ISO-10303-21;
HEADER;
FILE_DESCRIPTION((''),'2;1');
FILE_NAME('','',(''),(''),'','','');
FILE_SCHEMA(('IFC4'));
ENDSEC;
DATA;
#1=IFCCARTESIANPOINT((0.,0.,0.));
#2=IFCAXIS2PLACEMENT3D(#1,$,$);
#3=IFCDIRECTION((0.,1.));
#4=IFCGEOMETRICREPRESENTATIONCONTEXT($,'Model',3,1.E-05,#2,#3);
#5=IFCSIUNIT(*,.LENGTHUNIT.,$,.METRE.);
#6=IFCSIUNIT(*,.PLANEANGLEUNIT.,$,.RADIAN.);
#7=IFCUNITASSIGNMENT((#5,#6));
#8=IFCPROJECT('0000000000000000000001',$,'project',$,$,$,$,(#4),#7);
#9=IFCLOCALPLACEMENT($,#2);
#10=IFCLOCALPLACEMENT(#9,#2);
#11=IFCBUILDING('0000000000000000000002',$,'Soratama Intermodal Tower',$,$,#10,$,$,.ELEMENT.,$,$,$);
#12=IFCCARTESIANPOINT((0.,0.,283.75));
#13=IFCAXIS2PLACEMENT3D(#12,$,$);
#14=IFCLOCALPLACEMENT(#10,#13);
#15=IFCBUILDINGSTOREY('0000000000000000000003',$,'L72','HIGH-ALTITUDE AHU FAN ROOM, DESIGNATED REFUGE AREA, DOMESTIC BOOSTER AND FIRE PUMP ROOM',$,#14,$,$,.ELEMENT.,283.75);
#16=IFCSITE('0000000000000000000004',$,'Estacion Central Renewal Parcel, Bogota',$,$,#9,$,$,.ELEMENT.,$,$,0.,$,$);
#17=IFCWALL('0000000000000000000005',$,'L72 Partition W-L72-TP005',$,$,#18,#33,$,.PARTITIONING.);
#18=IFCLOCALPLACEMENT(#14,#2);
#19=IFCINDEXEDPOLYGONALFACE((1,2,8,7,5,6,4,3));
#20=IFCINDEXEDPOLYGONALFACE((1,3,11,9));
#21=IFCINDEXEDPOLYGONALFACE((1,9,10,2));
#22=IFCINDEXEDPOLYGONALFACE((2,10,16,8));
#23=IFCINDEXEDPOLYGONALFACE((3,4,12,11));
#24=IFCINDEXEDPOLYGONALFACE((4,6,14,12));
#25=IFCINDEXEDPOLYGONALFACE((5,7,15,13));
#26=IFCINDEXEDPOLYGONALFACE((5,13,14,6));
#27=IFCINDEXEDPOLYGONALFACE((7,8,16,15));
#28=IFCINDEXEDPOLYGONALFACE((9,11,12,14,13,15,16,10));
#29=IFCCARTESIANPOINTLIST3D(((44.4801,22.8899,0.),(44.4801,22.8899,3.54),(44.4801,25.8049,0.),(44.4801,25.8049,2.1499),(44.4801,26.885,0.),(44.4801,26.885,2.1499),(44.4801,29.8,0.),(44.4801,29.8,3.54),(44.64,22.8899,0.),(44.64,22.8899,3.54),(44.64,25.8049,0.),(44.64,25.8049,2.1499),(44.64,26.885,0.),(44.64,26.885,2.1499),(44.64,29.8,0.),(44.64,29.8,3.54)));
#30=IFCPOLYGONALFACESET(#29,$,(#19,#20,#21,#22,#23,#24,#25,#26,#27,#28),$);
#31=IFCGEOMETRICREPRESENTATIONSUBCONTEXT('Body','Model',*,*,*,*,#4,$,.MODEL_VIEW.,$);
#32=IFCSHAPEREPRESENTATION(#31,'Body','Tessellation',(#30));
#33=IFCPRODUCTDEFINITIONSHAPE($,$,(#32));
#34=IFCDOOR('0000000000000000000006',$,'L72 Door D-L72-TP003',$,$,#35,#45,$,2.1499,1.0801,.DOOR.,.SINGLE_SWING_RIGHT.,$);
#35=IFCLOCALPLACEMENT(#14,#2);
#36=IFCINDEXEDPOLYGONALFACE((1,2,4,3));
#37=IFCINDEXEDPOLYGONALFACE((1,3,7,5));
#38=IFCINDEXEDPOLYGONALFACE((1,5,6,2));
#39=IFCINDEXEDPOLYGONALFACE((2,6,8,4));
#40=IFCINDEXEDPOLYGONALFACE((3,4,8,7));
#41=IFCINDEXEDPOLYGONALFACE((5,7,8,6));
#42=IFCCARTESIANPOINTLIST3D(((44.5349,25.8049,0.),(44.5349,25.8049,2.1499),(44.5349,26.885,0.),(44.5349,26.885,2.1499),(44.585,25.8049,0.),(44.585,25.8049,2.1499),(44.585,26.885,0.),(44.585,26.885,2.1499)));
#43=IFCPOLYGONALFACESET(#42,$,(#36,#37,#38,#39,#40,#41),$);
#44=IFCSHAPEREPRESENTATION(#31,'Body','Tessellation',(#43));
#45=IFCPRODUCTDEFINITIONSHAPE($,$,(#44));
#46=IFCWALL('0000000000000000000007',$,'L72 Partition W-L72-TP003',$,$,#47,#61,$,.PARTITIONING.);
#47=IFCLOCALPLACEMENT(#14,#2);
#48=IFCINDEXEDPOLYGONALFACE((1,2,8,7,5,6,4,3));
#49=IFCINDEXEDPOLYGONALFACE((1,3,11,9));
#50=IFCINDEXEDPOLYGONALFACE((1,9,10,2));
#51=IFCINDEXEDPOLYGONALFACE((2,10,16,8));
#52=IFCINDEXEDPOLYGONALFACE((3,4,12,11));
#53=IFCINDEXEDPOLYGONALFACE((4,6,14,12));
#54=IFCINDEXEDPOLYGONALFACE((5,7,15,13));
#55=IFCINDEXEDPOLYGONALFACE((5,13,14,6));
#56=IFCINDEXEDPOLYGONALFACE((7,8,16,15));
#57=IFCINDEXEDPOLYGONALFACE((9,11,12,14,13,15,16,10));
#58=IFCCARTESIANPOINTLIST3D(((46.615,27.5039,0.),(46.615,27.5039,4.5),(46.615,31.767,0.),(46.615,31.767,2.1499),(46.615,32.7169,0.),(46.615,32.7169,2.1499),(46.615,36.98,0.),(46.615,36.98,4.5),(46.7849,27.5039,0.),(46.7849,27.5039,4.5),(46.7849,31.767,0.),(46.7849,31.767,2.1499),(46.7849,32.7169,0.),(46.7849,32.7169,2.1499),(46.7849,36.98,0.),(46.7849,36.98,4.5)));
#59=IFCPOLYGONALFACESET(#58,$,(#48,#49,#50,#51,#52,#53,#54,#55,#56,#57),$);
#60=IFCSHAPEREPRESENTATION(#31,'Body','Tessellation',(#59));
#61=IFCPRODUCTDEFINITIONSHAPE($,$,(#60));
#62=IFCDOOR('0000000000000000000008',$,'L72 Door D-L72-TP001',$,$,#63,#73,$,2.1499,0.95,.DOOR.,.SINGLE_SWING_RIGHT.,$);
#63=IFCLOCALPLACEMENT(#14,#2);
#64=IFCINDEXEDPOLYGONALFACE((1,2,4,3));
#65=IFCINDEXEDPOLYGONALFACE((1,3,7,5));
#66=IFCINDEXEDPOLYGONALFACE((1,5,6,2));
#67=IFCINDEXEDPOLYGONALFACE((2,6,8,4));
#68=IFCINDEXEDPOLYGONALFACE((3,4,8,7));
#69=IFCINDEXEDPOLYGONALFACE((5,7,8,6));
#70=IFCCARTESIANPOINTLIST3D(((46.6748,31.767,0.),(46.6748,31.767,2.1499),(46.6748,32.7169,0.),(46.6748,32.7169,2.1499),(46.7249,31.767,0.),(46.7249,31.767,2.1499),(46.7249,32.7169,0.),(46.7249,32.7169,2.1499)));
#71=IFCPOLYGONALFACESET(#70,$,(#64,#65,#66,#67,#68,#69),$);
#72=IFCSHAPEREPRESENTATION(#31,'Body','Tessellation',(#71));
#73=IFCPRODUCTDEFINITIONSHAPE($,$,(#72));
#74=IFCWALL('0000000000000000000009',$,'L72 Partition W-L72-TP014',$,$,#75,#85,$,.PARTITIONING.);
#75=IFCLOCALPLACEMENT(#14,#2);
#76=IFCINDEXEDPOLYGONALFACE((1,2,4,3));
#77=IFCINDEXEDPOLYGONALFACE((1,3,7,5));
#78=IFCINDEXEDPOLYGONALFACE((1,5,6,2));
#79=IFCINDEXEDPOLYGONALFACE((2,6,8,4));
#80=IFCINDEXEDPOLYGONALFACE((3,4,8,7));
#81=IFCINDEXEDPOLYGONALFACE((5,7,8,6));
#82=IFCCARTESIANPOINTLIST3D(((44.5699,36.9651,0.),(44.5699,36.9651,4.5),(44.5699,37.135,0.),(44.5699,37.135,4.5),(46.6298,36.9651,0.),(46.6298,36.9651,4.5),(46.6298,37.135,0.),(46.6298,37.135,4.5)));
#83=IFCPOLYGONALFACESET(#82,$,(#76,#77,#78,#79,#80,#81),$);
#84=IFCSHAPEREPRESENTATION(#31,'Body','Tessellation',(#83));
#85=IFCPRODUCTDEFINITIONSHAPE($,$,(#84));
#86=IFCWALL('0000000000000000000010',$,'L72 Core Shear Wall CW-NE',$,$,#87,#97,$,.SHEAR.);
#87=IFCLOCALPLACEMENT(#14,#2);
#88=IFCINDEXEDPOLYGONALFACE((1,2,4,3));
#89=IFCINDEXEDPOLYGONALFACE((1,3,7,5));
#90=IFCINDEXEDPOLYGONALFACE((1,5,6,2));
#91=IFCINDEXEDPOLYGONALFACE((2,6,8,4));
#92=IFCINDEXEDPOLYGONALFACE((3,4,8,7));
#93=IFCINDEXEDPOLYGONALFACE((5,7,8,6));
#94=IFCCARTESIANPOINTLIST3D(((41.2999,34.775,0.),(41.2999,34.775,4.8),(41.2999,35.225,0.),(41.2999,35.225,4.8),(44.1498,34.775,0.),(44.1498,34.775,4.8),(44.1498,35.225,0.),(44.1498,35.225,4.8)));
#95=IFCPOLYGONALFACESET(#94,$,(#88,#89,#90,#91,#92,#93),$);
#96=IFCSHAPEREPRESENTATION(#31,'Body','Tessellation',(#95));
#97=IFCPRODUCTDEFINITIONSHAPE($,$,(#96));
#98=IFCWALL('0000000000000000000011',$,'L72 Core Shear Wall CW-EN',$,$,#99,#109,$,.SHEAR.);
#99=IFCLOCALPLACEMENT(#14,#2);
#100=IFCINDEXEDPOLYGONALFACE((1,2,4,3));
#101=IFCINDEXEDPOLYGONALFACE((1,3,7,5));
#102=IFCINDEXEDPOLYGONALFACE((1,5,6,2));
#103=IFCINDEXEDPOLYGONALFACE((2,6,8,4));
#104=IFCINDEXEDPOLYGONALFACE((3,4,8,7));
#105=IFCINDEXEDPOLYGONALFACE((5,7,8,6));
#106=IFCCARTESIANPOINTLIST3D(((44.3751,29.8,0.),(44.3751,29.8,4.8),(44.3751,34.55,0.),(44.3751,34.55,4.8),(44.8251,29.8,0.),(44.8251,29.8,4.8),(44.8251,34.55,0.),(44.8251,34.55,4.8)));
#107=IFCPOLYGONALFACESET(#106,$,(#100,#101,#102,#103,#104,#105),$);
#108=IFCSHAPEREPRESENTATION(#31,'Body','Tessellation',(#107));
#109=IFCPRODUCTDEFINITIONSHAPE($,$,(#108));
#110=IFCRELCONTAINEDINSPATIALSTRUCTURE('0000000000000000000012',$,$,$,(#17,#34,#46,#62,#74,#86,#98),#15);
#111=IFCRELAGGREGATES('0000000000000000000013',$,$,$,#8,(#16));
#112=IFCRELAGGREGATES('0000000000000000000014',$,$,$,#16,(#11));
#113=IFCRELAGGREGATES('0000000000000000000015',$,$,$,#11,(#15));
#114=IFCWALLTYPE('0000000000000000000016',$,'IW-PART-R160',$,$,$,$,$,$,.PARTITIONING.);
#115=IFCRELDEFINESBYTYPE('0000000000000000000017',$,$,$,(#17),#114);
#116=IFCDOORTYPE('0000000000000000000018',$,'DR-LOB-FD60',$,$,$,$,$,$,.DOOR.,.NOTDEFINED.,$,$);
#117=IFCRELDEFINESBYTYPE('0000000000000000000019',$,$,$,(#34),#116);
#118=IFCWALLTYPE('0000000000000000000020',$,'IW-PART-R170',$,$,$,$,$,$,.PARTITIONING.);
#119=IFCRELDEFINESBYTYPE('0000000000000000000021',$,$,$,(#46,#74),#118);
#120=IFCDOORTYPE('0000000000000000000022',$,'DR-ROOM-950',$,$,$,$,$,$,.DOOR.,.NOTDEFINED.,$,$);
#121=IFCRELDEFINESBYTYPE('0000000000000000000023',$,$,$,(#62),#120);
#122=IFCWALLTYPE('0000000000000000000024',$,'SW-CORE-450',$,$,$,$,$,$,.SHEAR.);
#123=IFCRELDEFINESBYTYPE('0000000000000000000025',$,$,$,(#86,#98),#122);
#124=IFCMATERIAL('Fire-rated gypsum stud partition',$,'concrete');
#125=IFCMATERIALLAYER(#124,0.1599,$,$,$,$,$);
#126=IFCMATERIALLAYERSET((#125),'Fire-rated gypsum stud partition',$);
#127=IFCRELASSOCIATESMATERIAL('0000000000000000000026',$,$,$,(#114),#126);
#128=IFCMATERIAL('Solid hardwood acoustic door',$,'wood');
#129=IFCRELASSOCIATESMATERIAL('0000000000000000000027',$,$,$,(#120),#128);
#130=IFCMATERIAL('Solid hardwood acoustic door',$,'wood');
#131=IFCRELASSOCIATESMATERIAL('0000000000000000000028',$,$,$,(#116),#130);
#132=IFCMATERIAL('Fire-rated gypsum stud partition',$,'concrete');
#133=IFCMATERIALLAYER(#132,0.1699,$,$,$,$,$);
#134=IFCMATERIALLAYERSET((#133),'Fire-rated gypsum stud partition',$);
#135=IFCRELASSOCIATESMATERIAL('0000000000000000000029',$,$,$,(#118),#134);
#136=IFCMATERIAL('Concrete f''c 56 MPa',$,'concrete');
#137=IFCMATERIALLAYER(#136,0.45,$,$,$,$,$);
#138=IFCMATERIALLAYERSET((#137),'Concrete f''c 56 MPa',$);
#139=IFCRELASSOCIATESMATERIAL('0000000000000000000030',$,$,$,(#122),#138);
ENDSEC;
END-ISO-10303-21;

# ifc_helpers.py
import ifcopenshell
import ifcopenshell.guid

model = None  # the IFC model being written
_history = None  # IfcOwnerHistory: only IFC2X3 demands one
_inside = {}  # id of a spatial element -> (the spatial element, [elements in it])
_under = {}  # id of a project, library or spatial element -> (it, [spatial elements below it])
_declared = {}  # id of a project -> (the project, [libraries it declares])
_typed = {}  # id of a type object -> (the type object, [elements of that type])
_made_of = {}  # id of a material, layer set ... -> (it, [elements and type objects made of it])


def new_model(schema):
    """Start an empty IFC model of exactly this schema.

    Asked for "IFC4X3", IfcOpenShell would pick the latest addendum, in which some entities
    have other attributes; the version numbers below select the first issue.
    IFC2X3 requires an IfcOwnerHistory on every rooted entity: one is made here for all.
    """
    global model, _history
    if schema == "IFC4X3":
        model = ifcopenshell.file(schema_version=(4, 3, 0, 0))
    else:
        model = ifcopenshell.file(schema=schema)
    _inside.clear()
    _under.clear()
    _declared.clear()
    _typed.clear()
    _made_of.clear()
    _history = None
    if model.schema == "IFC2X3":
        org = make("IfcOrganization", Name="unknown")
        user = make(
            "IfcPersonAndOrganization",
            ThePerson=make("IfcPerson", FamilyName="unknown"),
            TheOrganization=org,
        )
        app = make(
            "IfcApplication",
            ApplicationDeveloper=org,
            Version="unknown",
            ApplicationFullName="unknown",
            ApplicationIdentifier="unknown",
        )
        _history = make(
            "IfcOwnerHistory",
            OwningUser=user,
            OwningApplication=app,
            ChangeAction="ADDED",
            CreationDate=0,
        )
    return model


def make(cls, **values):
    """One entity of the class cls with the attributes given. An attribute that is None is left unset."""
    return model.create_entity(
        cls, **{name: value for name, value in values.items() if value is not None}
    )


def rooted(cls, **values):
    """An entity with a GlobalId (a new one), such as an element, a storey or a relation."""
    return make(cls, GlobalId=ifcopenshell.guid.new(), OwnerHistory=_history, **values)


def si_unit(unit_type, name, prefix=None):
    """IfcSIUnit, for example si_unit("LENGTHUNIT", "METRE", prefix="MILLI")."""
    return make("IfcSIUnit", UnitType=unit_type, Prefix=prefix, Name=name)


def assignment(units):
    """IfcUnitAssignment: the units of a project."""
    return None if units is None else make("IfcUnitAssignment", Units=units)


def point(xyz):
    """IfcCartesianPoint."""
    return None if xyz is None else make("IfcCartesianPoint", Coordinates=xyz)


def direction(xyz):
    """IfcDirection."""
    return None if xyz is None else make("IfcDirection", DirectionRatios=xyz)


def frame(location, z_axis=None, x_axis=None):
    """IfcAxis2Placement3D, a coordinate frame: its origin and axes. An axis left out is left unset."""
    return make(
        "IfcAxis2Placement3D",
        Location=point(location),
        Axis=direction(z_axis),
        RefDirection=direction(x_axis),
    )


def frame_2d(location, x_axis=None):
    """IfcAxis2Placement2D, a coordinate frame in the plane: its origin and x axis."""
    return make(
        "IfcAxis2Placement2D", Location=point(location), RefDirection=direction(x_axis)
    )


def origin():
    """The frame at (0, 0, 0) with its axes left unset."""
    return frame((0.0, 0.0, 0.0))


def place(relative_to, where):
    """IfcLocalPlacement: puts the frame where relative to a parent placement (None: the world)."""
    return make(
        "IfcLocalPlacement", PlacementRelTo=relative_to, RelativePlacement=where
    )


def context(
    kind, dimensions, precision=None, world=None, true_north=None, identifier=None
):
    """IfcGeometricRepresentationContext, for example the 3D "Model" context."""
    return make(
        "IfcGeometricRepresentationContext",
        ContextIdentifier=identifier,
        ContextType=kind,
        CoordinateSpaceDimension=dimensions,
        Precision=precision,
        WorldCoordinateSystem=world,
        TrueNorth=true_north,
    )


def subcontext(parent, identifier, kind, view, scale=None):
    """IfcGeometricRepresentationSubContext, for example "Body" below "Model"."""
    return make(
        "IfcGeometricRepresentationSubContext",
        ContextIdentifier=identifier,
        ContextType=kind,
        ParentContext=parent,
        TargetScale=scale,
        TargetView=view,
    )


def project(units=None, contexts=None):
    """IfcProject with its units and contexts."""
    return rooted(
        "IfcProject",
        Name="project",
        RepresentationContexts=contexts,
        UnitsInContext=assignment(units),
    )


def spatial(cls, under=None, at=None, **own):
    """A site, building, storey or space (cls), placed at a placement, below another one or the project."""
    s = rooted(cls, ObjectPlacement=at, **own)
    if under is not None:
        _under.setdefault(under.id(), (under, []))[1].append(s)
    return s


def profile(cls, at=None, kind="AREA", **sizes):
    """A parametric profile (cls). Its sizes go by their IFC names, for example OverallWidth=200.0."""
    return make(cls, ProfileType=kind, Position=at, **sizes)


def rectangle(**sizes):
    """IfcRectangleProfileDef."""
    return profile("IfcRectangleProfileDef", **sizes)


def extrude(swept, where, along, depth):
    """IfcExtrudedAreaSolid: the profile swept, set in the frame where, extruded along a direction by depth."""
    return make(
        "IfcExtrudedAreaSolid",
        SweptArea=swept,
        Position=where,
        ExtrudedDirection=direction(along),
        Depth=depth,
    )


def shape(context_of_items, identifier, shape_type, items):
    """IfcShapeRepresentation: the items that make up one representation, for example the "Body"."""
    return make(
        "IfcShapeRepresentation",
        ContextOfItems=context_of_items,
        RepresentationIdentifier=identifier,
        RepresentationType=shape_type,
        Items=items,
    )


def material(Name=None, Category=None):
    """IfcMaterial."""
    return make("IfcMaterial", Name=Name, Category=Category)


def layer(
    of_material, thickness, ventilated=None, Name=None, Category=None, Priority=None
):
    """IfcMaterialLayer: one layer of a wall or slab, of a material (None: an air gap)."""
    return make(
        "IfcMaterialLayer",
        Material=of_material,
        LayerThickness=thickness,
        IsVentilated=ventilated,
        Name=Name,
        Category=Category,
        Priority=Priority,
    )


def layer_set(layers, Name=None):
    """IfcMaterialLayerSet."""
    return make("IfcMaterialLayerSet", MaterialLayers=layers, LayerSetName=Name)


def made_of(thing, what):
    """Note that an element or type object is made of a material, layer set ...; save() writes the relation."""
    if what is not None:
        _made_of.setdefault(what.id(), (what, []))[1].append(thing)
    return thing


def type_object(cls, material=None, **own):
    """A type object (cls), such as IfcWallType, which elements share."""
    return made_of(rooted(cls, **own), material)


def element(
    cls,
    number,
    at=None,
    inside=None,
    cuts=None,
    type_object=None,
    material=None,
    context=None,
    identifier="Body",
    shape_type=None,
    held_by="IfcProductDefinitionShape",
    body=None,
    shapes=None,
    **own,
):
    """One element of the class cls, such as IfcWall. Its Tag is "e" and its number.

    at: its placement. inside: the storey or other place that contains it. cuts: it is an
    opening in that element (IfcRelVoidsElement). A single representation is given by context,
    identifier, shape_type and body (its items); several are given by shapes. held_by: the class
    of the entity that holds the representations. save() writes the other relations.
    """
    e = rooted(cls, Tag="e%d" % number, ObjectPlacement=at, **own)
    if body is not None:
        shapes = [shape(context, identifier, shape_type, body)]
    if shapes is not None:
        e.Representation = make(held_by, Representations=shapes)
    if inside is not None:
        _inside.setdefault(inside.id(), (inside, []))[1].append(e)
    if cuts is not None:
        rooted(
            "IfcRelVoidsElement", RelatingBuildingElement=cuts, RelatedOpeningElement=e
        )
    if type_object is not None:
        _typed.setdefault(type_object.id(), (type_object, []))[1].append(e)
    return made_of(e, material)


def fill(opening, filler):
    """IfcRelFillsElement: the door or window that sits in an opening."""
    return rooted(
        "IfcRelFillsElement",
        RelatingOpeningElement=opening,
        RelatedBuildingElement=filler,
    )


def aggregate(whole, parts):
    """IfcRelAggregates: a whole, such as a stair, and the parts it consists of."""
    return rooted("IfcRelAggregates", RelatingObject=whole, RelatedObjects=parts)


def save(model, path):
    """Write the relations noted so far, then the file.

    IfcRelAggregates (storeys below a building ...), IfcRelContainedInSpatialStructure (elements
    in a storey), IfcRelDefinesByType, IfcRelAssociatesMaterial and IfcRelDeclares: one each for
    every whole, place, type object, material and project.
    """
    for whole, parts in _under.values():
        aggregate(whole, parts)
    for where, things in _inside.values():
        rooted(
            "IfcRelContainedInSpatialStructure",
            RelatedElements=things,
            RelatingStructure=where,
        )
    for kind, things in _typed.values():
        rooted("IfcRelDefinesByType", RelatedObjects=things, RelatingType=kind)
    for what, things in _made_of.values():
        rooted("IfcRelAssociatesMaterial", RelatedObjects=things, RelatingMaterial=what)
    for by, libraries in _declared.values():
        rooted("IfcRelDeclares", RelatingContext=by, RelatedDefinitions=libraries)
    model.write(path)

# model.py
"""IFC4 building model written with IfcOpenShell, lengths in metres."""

from ifc_helpers import new_model, si_unit, direction, frame, frame_2d, origin, place, context, subcontext, project, spatial, rectangle, extrude, material, layer, layer_set, type_object, element, fill, save


model = new_model("IFC4")

# Units and contexts
model_context = context("Model", 3, precision=1e-05, world=origin(), true_north=direction((0.0, 1.0)))
body_context = subcontext(model_context, "Body", "Model", "MODEL_VIEW")
ifc_project = project(units=[si_unit("LENGTHUNIT", "METRE"), si_unit("PLANEANGLEUNIT", "RADIAN")], contexts=[model_context])

# Site, building, storey
site_placement = place(None, origin())
site = spatial("IfcSite", under=ifc_project, at=site_placement, Name="Estacion Central Renewal Parcel, Bogota", CompositionType="ELEMENT", RefElevation=0.0)
building_placement = place(site_placement, origin())
building = spatial("IfcBuilding", under=site, at=building_placement, Name="Soratama Intermodal Tower", CompositionType="ELEMENT")
storey_placement = place(building_placement, frame((0.0, 0.0, 283.75)))
storey = spatial("IfcBuildingStorey", under=building, at=storey_placement, Name="L72", Description="HIGH-ALTITUDE AHU FAN ROOM, DESIGNATED REFUGE AREA, DOMESTIC BOOSTER AND FIRE PUMP ROOM", CompositionType="ELEMENT", Elevation=283.75)

# Walls, openings, doors
ifc_material_1 = material(Name="Fire-rated gypsum stud partition", Category="concrete")
ifc_layer_1 = layer(ifc_material_1, 0.1599)
ifc_layer_set_1 = layer_set([ifc_layer_1], Name="Fire-rated gypsum stud partition")
wall_type_1 = type_object("IfcWallType", Name="IW-PART-R160", PredefinedType="PARTITIONING", material=ifc_layer_set_1)
ifc_material_2 = material(Name="Solid hardwood acoustic door", Category="wood")
door_type_1 = type_object("IfcDoorType", Name="DR-ROOM-950", OperationType="NOTDEFINED", PredefinedType="DOOR", material=ifc_material_2)
wall_1_placement = place(storey_placement, frame((44.5601, 29.8, 0.0), z_axis=(0.0, 0.0, 1.0), x_axis=(0.0, -1.0, 0.0)))
wall_1 = element("IfcWall", 1, at=wall_1_placement, inside=storey, type_object=wall_type_1, Name="L72 Partition W-L72-TP005", PredefinedType="PARTITIONING", context=body_context, shape_type="SweptSolid", body=[
    extrude(rectangle(XDim=6.9102, YDim=0.1599, at=frame_2d((3.4551, 0.0))), origin(), (0.0, 0.0, 1.0), 3.54),
])
opening_1_placement = place(wall_1_placement, frame((2.915, 0.0, 0.0)))
opening_1 = element("IfcOpeningElement", 2, at=opening_1_placement, cuts=wall_1, PredefinedType="OPENING", context=body_context, shape_type="SweptSolid", body=[
    extrude(rectangle(XDim=1.0801, YDim=2.1499, at=frame_2d((0.54, 1.075))), frame((0.0, 0.0898, 0.0), z_axis=(0.0, -1.0, 0.0), x_axis=(1.0, 0.0, 0.0)), (0.0, 0.0, 1.0), 0.1799),
])
ifc_material_3 = material(Name="Solid hardwood acoustic door", Category="wood")
door_type_2 = type_object("IfcDoorType", Name="DR-LOB-FD60", OperationType="NOTDEFINED", PredefinedType="DOOR", material=ifc_material_3)
door_1_placement = place(opening_1_placement, origin())
door_1 = element("IfcDoor", 3, at=door_1_placement, inside=storey, type_object=door_type_2, Name="L72 Door D-L72-TP003", OperationType="SINGLE_SWING_RIGHT", OverallHeight=2.1499, OverallWidth=1.0801, PredefinedType="DOOR", context=body_context, shape_type="SweptSolid", body=[
    extrude(rectangle(XDim=1.0801, YDim=2.1499, at=frame_2d((0.54, 1.075))), frame((0.0, 0.0249, 0.0), z_axis=(0.0, -1.0, 0.0), x_axis=(1.0, 0.0, 0.0)), (0.0, 0.0, 1.0), 0.05),
])
fill(opening_1, door_1)
ifc_material_4 = material(Name="Fire-rated gypsum stud partition", Category="concrete")
ifc_layer_2 = layer(ifc_material_4, 0.1699)
ifc_layer_set_2 = layer_set([ifc_layer_2], Name="Fire-rated gypsum stud partition")
wall_type_2 = type_object("IfcWallType", Name="IW-PART-R170", PredefinedType="PARTITIONING", material=ifc_layer_set_2)
wall_2_placement = place(storey_placement, frame((46.7, 36.98, 0.0), z_axis=(0.0, 0.0, 1.0), x_axis=(0.0, -1.0, 0.0)))
wall_2 = element("IfcWall", 4, at=wall_2_placement, inside=storey, type_object=wall_type_2, Name="L72 Partition W-L72-TP003", PredefinedType="PARTITIONING", context=body_context, shape_type="SweptSolid", body=[
    extrude(rectangle(XDim=9.4761, YDim=0.1699, at=frame_2d((4.738, 0.0))), origin(), (0.0, 0.0, 1.0), 4.5),
])
opening_2_placement = place(wall_2_placement, frame((4.2629, 0.0, 0.0)))
opening_2 = element("IfcOpeningElement", 5, at=opening_2_placement, cuts=wall_2, PredefinedType="OPENING", context=body_context, shape_type="SweptSolid", body=[
    extrude(rectangle(XDim=0.95, YDim=2.1499, at=frame_2d((0.4751, 1.075))), frame((0.0, 0.095, 0.0), z_axis=(0.0, -1.0, 0.0), x_axis=(1.0, 0.0, 0.0)), (0.0, 0.0, 1.0), 0.1899),
])
door_2_placement = place(opening_2_placement, origin())
door_2 = element("IfcDoor", 6, at=door_2_placement, inside=storey, type_object=door_type_1, Name="L72 Door D-L72-TP001", OperationType="SINGLE_SWING_RIGHT", OverallHeight=2.1499, OverallWidth=0.95, PredefinedType="DOOR", context=body_context, shape_type="SweptSolid", body=[
    extrude(rectangle(XDim=0.95, YDim=2.1499, at=frame_2d((0.4751, 1.075))), frame((0.0, 0.0249, 0.0), z_axis=(0.0, -1.0, 0.0), x_axis=(1.0, 0.0, 0.0)), (0.0, 0.0, 1.0), 0.05),
])
fill(opening_2, door_2)

# Walls
wall_3_placement = place(storey_placement, frame((44.5701, 37.05, 0.0), z_axis=(0.0, 0.0, 1.0), x_axis=(1.0, 0.0, 0.0)))
element("IfcWall", 7, at=wall_3_placement, inside=storey, type_object=wall_type_2, Name="L72 Partition W-L72-TP014", PredefinedType="PARTITIONING", context=body_context, shape_type="SweptSolid", body=[
    extrude(rectangle(XDim=2.0598, YDim=0.1699, at=frame_2d((1.0298, 0.0))), origin(), (0.0, 0.0, 1.0), 4.5),
])
ifc_material_5 = material(Name="Concrete f'c 56 MPa", Category="concrete")
ifc_layer_3 = layer(ifc_material_5, 0.45)
ifc_layer_set_3 = layer_set([ifc_layer_3], Name="Concrete f'c 56 MPa")
wall_type_3 = type_object("IfcWallType", Name="SW-CORE-450", PredefinedType="SHEAR", material=ifc_layer_set_3)
wall_4_placement = place(storey_placement, frame((41.3, 35.0, 0.0), z_axis=(0.0, 0.0, 1.0), x_axis=(1.0, 0.0, 0.0)))
element("IfcWall", 8, at=wall_4_placement, inside=storey, type_object=wall_type_3, Name="L72 Core Shear Wall CW-NE", PredefinedType="SHEAR", context=body_context, shape_type="SweptSolid", body=[
    extrude(rectangle(XDim=2.8499, YDim=0.45, at=frame_2d((1.4248, 0.0))), origin(), (0.0, 0.0, 1.0), 4.8),
])
wall_5_placement = place(storey_placement, frame((44.6001, 29.8, 0.0), z_axis=(0.0, 0.0, 1.0), x_axis=(0.0, 1.0, 0.0)))
element("IfcWall", 9, at=wall_5_placement, inside=storey, type_object=wall_type_3, Name="L72 Core Shear Wall CW-EN", PredefinedType="SHEAR", context=body_context, shape_type="SweptSolid", body=[
    extrude(rectangle(XDim=4.75, YDim=0.45, at=frame_2d((2.375, 0.0))), origin(), (0.0, 0.0, 1.0), 4.8),
])

save(model, "model.ifc")
